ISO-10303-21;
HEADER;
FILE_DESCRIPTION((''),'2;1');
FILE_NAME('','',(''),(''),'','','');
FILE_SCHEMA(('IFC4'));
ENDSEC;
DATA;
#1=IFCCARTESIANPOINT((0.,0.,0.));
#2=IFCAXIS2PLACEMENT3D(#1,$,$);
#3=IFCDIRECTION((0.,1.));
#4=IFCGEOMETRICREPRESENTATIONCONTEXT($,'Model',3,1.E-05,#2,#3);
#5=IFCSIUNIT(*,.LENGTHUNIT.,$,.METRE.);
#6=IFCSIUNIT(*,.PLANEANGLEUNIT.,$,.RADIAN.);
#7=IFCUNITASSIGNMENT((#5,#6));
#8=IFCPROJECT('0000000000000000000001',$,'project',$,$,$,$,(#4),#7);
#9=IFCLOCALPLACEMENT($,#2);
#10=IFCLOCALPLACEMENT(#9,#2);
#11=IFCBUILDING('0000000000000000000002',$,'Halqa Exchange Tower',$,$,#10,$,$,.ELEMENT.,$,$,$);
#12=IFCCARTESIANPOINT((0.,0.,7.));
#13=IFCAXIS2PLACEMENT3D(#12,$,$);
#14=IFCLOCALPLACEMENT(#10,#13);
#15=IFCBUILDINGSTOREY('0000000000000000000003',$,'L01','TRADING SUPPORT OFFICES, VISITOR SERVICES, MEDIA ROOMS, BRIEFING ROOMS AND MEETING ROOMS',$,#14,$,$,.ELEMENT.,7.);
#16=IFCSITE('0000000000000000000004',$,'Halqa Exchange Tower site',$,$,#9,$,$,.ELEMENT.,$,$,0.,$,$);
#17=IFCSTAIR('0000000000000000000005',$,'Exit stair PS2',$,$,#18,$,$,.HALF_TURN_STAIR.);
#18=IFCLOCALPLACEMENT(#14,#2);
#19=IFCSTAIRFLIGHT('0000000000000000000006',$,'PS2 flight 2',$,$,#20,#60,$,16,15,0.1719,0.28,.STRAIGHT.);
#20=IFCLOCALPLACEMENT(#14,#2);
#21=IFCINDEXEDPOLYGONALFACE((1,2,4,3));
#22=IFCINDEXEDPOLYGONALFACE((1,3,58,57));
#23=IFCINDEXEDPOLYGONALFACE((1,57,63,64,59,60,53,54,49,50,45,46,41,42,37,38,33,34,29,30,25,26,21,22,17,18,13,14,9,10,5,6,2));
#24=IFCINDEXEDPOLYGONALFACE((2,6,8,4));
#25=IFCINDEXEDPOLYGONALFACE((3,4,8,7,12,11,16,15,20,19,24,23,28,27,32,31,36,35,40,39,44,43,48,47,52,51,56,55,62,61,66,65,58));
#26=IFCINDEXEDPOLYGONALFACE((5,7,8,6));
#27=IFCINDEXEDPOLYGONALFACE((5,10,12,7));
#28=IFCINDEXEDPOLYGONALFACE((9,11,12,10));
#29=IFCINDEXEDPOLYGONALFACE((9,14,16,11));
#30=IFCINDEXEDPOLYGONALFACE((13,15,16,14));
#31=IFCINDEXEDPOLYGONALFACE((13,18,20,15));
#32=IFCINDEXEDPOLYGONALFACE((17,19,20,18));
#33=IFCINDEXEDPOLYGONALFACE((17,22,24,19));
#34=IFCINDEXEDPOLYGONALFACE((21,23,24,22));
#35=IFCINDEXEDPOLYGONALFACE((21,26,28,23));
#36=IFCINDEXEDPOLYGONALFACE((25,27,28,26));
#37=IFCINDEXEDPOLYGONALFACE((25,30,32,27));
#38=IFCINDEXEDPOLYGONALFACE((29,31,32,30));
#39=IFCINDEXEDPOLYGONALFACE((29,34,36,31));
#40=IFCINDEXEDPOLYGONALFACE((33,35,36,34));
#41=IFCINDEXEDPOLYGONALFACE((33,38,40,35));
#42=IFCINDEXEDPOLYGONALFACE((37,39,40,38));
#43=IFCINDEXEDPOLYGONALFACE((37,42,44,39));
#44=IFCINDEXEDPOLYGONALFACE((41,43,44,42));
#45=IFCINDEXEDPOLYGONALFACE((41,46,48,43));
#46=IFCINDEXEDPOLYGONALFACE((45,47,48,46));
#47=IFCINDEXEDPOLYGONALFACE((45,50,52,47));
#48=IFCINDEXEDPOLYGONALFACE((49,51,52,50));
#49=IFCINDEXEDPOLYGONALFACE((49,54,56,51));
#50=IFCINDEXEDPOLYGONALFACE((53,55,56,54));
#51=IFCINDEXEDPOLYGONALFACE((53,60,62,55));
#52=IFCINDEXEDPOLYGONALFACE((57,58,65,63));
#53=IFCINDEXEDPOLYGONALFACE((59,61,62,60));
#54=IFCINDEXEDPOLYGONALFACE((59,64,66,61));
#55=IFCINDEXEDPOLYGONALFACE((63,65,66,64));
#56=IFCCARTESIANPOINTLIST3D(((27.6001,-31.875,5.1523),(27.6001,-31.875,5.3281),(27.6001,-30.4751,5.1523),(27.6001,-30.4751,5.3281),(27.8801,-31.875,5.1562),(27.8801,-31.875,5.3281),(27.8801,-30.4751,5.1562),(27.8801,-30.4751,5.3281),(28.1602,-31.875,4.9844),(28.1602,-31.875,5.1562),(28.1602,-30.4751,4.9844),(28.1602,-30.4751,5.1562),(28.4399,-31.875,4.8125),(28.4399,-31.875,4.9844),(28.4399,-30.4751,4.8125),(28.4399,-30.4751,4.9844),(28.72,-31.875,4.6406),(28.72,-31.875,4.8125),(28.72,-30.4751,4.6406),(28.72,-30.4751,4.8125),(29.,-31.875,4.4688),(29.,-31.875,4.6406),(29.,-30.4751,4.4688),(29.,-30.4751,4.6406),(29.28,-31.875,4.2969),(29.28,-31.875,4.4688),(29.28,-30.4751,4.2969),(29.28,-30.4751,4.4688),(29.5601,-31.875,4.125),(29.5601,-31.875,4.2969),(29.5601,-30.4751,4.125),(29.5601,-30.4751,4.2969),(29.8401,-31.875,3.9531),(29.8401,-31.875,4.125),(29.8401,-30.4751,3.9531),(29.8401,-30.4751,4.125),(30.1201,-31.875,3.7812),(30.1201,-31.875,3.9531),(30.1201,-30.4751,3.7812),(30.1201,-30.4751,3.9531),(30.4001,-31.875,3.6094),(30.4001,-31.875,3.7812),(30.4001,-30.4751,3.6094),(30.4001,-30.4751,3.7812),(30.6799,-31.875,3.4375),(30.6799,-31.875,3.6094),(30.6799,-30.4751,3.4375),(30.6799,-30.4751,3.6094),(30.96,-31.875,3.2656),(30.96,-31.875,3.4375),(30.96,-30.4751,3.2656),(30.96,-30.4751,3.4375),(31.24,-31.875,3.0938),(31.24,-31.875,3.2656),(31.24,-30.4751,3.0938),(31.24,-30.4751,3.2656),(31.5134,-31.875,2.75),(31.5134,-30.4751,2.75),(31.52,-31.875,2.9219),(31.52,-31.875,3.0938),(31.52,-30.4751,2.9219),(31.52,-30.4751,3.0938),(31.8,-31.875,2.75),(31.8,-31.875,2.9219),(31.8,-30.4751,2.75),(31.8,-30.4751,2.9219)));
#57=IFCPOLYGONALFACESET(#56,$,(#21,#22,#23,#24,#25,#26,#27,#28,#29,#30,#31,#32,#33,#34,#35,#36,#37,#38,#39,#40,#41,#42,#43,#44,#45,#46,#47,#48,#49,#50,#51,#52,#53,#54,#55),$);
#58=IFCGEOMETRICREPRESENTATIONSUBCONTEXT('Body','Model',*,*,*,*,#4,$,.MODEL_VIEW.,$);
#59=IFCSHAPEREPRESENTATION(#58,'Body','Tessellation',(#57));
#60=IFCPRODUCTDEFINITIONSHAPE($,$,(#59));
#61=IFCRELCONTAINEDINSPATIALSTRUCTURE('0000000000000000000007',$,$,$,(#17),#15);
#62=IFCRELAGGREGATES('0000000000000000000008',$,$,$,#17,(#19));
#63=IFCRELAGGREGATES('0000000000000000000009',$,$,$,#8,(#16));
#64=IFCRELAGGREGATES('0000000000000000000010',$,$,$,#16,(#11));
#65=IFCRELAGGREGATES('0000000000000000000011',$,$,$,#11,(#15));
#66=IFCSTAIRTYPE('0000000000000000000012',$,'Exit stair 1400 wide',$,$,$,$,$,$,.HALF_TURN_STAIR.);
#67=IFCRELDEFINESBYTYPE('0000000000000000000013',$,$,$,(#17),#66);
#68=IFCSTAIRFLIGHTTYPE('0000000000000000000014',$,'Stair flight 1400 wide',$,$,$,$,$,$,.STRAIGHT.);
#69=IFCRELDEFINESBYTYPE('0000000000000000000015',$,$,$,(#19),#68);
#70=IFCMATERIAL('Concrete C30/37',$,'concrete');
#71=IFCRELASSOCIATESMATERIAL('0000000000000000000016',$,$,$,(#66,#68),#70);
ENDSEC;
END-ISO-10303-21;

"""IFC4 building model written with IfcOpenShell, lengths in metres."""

from ifc_helpers import new_model, si_unit, direction, frame, origin, place, context, subcontext, project, spatial, polyline, outline, extrude, material, type_object, element, aggregate, save


model = new_model("IFC4")

# Units and contexts
model_context = context("Model", 3, precision=1e-05, world=origin(), true_north=direction((0.0, 1.0)))
body_context = subcontext(model_context, "Body", "Model", "MODEL_VIEW")
ifc_project = project(units=[si_unit("LENGTHUNIT", "METRE"), si_unit("PLANEANGLEUNIT", "RADIAN")], contexts=[model_context])

# Site, building, storey
site_placement = place(None, origin())
site = spatial("IfcSite", under=ifc_project, at=site_placement, Name="Halqa Exchange Tower site", CompositionType="ELEMENT", RefElevation=0.0)
building_placement = place(site_placement, origin())
building = spatial("IfcBuilding", under=site, at=building_placement, Name="Halqa Exchange Tower", CompositionType="ELEMENT")
storey_placement = place(building_placement, frame((0.0, 0.0, 7.0)))
storey = spatial("IfcBuildingStorey", under=building, at=storey_placement, Name="L01", Description="TRADING SUPPORT OFFICES, VISITOR SERVICES, MEDIA ROOMS, BRIEFING ROOMS AND MEETING ROOMS", CompositionType="ELEMENT", Elevation=7.0)

# Shared definitions
ifc_material_1 = material(Name="Concrete C30/37", Category="concrete")

# Stair, stair flight
stair_type = type_object("IfcStairType", Name="Exit stair 1400 wide", PredefinedType="HALF_TURN_STAIR", material=ifc_material_1)
stair_placement = place(storey_placement, origin())
stair = element("IfcStair", 1, at=stair_placement, inside=storey, type_object=stair_type, Name="Exit stair PS2", PredefinedType="HALF_TURN_STAIR")
stair_flight_type = type_object("IfcStairFlightType", Name="Stair flight 1400 wide", PredefinedType="STRAIGHT", material=ifc_material_1)
stair_flight_1_placement = place(storey_placement, frame((31.8, -31.175, 2.75), z_axis=(0.0, 0.0, 1.0), x_axis=(-1.0, 0.0, 0.0)))
stair_flight_1 = element("IfcStairFlight", 2, at=stair_flight_1_placement, type_object=stair_flight_type, Name="PS2 flight 2", NumberOfRisers=16, NumberOfTreads=15, PredefinedType="STRAIGHT", RiserHeight=0.1719, TreadLength=0.28, context=body_context, shape_type="SweptSolid", body=[
    extrude(outline(polyline([(0.0, 0.0), (0.0, 0.1719), (0.28, 0.1719), (0.28, 0.3438), (0.5601, 0.3438), (0.5601, 0.5156), (0.8401, 0.5156), (0.8401, 0.6875), (1.1201, 0.6875), (1.1201, 0.8594), (1.3999, 0.8594), (1.3999, 1.0312), (1.6799, 1.0312), (1.6799, 1.2031), (1.96, 1.2031), (1.96, 1.375), (2.24, 1.375), (2.24, 1.5469), (2.52, 1.5469), (2.52, 1.7188), (2.8, 1.7188), (2.8, 1.8906), (3.0801, 1.8906), (3.0801, 2.0625), (3.3601, 2.0625), (3.3601, 2.2344), (3.6399, 2.2344), (3.6399, 2.4062), (3.9199, 2.4062), (3.9199, 2.5781), (4.2, 2.5781), (4.2, 2.75), (4.2, 2.4023), (0.2866, 0.0), (0.0, 0.0)])), frame((0.0, 0.7, 0.0), z_axis=(0.0, -1.0, 0.0), x_axis=(1.0, 0.0, 0.0)), (0.0, 0.0, 1.0), 1.3999),
])
aggregate(stair, [stair_flight_1])

save(model, "model.ifc")
